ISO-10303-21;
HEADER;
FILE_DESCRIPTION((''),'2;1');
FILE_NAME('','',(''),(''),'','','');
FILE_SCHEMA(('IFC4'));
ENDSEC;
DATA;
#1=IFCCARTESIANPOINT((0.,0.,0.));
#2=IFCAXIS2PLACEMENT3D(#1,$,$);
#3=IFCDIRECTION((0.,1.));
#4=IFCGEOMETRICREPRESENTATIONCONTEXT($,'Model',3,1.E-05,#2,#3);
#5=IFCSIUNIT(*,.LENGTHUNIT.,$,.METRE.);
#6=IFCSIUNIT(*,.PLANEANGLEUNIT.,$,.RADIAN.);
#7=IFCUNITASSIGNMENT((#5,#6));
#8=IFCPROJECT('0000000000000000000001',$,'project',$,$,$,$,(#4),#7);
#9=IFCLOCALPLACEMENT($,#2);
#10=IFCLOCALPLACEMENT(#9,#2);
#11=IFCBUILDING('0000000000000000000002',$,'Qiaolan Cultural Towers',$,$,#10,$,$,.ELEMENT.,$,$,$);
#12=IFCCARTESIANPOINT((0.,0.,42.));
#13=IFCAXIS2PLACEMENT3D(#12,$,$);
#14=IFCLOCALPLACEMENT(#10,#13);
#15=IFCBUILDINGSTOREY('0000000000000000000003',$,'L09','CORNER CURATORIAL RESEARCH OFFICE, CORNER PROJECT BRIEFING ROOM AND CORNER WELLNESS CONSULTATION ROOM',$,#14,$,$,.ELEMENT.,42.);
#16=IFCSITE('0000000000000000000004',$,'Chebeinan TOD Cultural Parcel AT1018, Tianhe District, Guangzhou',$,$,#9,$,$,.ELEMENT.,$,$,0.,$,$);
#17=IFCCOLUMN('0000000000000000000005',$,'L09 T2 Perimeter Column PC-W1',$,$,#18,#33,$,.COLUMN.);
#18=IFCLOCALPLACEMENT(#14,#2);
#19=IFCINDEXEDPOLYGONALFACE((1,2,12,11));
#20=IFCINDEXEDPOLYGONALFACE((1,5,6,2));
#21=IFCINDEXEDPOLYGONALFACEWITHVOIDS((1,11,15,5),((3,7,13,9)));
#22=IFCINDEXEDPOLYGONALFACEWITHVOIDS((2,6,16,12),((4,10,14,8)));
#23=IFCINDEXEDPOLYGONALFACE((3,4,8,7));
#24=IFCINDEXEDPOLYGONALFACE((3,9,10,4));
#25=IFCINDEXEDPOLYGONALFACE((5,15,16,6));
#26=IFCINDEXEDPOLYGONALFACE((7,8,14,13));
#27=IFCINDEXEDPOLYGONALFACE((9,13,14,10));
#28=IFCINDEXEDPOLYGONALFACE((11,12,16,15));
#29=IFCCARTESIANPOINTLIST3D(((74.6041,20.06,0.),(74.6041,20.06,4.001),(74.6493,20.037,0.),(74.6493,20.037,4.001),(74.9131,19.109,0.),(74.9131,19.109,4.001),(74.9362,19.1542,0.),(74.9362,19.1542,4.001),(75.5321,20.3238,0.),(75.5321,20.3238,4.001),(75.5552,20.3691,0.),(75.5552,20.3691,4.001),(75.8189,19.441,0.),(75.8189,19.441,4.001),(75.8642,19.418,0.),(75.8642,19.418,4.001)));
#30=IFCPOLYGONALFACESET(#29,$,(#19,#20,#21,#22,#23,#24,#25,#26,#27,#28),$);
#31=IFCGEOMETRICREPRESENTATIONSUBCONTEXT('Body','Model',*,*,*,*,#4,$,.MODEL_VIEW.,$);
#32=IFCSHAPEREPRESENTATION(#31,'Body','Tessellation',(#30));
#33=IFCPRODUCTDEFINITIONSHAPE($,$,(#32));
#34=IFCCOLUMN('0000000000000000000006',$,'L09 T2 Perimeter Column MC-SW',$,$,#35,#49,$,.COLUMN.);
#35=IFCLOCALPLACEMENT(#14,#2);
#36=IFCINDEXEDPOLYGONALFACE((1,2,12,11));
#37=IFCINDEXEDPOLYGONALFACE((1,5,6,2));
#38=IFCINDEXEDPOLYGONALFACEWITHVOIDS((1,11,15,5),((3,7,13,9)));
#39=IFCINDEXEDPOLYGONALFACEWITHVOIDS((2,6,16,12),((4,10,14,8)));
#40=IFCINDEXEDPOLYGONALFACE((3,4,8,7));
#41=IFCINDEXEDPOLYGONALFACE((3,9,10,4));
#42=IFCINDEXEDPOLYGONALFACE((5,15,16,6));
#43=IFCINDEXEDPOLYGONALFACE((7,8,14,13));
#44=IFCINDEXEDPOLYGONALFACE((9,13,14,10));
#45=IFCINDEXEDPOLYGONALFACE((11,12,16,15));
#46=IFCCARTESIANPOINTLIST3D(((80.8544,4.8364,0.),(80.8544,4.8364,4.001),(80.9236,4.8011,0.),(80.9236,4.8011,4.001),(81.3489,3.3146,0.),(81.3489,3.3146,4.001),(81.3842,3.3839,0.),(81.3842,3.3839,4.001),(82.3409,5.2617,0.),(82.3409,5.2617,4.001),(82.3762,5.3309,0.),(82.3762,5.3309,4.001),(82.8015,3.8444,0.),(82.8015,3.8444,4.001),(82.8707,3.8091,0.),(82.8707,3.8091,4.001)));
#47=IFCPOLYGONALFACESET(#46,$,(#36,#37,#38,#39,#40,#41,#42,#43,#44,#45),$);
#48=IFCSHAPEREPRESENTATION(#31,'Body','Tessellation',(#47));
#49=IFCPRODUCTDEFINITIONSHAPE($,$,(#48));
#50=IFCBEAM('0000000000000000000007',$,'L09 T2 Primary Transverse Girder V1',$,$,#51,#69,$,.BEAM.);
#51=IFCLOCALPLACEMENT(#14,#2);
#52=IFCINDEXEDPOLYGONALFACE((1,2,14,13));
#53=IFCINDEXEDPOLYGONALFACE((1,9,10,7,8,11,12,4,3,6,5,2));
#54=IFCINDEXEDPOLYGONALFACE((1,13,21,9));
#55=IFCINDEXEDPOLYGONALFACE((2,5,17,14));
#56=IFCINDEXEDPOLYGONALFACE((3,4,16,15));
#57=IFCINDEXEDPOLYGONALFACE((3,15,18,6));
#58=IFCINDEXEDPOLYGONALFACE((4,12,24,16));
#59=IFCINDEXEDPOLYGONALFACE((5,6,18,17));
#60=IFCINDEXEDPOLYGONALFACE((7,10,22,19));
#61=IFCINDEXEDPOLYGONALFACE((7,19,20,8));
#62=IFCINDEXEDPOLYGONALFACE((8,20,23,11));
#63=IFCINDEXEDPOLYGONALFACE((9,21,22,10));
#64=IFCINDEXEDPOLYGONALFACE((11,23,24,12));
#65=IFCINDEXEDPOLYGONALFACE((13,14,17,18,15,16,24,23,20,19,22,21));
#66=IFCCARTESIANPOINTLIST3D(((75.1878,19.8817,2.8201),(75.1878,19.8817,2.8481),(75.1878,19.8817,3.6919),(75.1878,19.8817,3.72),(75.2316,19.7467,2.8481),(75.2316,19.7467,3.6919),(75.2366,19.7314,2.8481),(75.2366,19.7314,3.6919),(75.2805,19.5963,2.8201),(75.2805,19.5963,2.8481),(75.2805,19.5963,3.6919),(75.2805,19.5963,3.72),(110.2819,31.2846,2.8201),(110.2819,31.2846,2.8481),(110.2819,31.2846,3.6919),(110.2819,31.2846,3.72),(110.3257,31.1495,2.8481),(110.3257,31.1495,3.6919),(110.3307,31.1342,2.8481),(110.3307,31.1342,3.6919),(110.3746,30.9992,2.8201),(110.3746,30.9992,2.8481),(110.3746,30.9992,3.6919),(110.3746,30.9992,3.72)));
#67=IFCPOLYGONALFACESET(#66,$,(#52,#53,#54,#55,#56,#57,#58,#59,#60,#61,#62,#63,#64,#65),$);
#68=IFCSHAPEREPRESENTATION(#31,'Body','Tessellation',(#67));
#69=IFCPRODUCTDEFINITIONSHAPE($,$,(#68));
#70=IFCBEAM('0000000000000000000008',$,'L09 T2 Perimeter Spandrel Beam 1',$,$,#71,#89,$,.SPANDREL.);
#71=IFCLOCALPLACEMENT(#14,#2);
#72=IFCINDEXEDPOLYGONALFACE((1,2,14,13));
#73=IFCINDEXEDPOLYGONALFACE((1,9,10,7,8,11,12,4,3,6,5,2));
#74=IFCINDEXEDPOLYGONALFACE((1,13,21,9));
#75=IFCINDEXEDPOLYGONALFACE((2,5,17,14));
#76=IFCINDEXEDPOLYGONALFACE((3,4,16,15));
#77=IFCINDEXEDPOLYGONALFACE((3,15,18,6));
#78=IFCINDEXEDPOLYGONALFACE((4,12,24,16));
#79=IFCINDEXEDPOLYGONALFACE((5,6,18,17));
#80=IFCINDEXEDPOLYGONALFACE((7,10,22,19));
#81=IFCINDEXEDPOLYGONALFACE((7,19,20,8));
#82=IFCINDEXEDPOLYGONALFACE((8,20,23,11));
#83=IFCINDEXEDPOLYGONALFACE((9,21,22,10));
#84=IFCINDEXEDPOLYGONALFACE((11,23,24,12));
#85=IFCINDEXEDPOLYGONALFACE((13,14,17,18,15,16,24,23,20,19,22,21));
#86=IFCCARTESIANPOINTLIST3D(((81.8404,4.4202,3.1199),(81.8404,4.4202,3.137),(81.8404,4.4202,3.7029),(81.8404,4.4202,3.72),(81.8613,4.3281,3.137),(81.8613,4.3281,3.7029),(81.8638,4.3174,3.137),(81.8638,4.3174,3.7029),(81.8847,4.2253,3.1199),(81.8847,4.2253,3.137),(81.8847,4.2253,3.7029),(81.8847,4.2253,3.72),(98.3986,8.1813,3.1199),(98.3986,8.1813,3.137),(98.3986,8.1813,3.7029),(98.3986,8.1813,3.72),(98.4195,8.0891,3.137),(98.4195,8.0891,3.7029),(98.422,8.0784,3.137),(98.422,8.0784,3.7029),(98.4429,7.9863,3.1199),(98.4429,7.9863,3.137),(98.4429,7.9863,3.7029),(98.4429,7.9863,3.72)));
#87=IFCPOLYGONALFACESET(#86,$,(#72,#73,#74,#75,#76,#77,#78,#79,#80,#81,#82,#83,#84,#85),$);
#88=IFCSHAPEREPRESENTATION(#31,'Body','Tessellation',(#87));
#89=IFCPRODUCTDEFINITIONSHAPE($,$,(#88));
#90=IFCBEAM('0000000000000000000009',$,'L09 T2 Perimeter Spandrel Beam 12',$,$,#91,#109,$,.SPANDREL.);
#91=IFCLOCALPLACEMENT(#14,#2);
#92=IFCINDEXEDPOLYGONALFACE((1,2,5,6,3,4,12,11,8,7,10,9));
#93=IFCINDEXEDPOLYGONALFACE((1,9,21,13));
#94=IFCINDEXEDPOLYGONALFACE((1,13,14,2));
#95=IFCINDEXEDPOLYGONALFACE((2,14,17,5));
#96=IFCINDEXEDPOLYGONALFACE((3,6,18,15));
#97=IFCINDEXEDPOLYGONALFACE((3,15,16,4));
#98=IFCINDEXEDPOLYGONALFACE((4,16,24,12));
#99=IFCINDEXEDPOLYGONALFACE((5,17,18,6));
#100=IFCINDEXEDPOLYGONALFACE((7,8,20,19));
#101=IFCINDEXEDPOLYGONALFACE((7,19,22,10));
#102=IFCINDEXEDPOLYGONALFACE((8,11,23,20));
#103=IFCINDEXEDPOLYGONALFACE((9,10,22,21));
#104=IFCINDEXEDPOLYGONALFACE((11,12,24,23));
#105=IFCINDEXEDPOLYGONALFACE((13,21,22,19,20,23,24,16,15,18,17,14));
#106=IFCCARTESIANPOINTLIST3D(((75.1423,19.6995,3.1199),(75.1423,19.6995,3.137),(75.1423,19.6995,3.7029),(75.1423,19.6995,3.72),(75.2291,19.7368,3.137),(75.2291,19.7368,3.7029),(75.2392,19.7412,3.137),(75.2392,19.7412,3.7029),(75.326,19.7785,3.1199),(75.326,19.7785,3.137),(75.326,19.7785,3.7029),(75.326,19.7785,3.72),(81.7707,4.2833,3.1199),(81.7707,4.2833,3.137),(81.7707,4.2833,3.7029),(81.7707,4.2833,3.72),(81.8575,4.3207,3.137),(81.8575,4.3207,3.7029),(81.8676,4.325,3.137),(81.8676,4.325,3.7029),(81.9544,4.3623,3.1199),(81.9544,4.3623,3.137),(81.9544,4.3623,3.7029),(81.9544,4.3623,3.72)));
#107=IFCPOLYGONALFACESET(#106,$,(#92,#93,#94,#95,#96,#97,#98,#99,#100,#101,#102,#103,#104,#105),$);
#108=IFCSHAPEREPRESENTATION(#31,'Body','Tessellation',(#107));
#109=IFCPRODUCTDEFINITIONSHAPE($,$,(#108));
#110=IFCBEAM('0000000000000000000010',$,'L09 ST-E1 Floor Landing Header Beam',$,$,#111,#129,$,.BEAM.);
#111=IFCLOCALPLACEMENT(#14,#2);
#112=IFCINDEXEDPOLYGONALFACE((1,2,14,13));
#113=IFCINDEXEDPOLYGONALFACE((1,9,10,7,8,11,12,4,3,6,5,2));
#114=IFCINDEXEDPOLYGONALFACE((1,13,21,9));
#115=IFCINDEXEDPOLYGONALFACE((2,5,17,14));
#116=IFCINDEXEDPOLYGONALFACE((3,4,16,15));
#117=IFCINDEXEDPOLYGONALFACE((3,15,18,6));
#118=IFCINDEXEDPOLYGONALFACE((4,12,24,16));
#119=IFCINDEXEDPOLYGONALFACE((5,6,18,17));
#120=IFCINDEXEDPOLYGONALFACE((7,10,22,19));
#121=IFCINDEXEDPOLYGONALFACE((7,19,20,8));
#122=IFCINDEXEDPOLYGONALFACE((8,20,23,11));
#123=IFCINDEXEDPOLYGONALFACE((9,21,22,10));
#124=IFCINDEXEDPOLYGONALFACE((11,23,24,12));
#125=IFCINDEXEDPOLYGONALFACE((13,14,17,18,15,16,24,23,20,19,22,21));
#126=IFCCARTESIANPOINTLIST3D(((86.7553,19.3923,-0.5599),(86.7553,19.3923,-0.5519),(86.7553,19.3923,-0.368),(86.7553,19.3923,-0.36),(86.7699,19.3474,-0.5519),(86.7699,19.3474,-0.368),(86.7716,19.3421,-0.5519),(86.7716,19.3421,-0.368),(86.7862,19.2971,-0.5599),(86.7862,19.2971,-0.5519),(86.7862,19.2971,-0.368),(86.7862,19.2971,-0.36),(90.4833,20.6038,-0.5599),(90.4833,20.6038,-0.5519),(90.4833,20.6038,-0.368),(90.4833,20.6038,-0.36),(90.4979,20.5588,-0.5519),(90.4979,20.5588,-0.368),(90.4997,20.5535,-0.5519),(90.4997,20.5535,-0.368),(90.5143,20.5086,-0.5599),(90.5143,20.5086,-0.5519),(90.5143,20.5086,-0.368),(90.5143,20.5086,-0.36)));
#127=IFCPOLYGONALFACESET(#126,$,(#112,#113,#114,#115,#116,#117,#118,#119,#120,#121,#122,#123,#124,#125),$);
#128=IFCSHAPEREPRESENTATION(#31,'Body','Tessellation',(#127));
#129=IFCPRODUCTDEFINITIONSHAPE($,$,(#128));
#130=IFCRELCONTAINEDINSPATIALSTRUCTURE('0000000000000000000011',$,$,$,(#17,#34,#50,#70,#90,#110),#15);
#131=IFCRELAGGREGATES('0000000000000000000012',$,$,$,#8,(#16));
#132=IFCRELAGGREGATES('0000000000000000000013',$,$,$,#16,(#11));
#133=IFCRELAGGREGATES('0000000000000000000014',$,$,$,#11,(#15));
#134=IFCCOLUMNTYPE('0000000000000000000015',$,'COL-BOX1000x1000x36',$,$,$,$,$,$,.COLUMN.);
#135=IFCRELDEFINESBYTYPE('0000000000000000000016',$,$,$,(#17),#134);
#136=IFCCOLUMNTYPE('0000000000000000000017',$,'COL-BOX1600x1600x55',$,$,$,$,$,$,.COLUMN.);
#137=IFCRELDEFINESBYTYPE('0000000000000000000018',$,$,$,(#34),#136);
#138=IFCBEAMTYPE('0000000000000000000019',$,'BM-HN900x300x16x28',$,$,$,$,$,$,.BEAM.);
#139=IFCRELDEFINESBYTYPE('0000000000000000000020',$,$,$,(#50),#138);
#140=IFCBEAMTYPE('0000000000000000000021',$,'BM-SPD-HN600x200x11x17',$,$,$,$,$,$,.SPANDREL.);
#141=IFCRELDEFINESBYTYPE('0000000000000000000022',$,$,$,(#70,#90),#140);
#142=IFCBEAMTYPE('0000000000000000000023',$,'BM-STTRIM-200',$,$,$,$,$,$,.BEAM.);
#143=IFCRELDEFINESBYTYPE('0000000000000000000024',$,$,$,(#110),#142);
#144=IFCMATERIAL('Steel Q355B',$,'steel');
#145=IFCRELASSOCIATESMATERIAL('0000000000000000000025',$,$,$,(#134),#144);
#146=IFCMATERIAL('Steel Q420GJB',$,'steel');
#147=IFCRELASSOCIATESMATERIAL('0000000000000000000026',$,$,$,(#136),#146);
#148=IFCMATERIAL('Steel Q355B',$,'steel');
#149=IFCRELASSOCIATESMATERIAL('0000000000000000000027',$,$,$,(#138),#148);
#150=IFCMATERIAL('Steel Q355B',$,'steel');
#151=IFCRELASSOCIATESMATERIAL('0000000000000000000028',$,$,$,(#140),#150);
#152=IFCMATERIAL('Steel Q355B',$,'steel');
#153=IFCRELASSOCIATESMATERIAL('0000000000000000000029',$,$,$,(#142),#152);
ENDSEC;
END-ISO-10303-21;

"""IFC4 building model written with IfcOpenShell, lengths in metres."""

from ifc_helpers import new_model, si_unit, direction, frame, origin, origin_2d, place, context, subcontext, project, spatial, hollow_rectangle, i_section, extrude, material, material_profile, profile_set, type_object, element, save


model = new_model("IFC4")

# Units and contexts
model_context = context("Model", 3, precision=1e-05, world=origin(), true_north=direction((0.0, 1.0)))
body_context = subcontext(model_context, "Body", "Model", "MODEL_VIEW")
ifc_project = project(units=[si_unit("LENGTHUNIT", "METRE"), si_unit("PLANEANGLEUNIT", "RADIAN")], contexts=[model_context])

# Site, building, storey
site_placement = place(None, origin())
site = spatial("IfcSite", under=ifc_project, at=site_placement, Name="Chebeinan TOD Cultural Parcel AT1018, Tianhe District, Guangzhou", CompositionType="ELEMENT", RefElevation=0.0)
building_placement = place(site_placement, origin())
building = spatial("IfcBuilding", under=site, at=building_placement, Name="Qiaolan Cultural Towers", CompositionType="ELEMENT")
storey_placement = place(building_placement, frame((0.0, 0.0, 42.0)))
storey = spatial("IfcBuildingStorey", under=building, at=storey_placement, Name="L09", Description="CORNER CURATORIAL RESEARCH OFFICE, CORNER PROJECT BRIEFING ROOM AND CORNER WELLNESS CONSULTATION ROOM", CompositionType="ELEMENT", Elevation=42.0)

# Columns
ifc_material_1 = material(Name="Steel Q355B", Category="steel")
ifc_material_profile_1 = material_profile(ifc_material_1, hollow_rectangle(XDim=1.0, YDim=1.0, WallThickness=0.0359, at=origin_2d()), Name="BOX1000x1000x36")
ifc_profile_set_1 = profile_set([ifc_material_profile_1], Name="Steel Q355B")
column_type_1 = type_object("IfcColumnType", Name="COL-BOX1000x1000x36", PredefinedType="COLUMN", material=ifc_profile_set_1)
column_1_placement = place(storey_placement, frame((75.2341, 19.739, 0.0), z_axis=(0.0, 0.0, 1.0), x_axis=(0.951057, 0.309017, 0.0)))
element("IfcColumn", 1, at=column_1_placement, inside=storey, type_object=column_type_1, Name="L09 T2 Perimeter Column PC-W1", PredefinedType="COLUMN", context=body_context, shape_type="SweptSolid", body=[
    extrude(hollow_rectangle(XDim=1.0, YDim=1.0, WallThickness=0.0359, at=origin_2d()), origin(), (0.0, 0.0, 1.0), 4.001),
])
ifc_material_2 = material(Name="Steel Q420GJB", Category="steel")
ifc_material_profile_2 = material_profile(ifc_material_2, hollow_rectangle(XDim=1.6001, YDim=1.6001, WallThickness=0.0549, at=origin_2d()), Name="BOX1600x1600x55")
ifc_profile_set_2 = profile_set([ifc_material_profile_2], Name="Steel Q420GJB")
column_type_2 = type_object("IfcColumnType", Name="COL-BOX1600x1600x55", PredefinedType="COLUMN", material=ifc_profile_set_2)
column_2_placement = place(storey_placement, frame((81.8625, 4.3228, 0.0), z_axis=(0.0, 0.0, 1.0), x_axis=(0.951057, 0.309017, 0.0)))
element("IfcColumn", 2, at=column_2_placement, inside=storey, type_object=column_type_2, Name="L09 T2 Perimeter Column MC-SW", PredefinedType="COLUMN", context=body_context, shape_type="SweptSolid", body=[
    extrude(hollow_rectangle(XDim=1.6001, YDim=1.6001, WallThickness=0.0549, at=origin_2d()), origin(), (0.0, 0.0, 1.0), 4.001),
])

# Beams
ifc_material_3 = material(Name="Steel Q355B", Category="steel")
ifc_material_profile_3 = material_profile(ifc_material_3, i_section(OverallWidth=0.3, OverallDepth=0.8999, WebThickness=0.0161, FlangeThickness=0.0281, at=origin_2d()), Name="HN900x300x16x28")
ifc_profile_set_3 = profile_set([ifc_material_profile_3], Name="Steel Q355B")
beam_type_1 = type_object("IfcBeamType", Name="BM-HN900x300x16x28", PredefinedType="BEAM", material=ifc_profile_set_3)
beam_1_placement = place(storey_placement, frame((75.2341, 19.739, 3.27), z_axis=(0.951056, 0.309019, 0.0), x_axis=(-0.309019, 0.951056, 0.0)))
element("IfcBeam", 3, at=beam_1_placement, inside=storey, type_object=beam_type_1, Name="L09 T2 Primary Transverse Girder V1", PredefinedType="BEAM", context=body_context, shape_type="SweptSolid", body=[
    extrude(i_section(OverallWidth=0.3, OverallDepth=0.8999, WebThickness=0.0161, FlangeThickness=0.0281, at=origin_2d()), origin(), (0.0, 0.0, 1.0), 36.9001),
])
ifc_material_4 = material(Name="Steel Q355B", Category="steel")
ifc_material_profile_4 = material_profile(ifc_material_4, i_section(OverallWidth=0.2, OverallDepth=0.6001, WebThickness=0.011, FlangeThickness=0.0171, at=origin_2d()), Name="HN600x200x11x17")
ifc_profile_set_4 = profile_set([ifc_material_profile_4], Name="Steel Q355B")
beam_type_2 = type_object("IfcBeamType", Name="BM-SPD-HN600x200x11x17", PredefinedType="SPANDREL", material=ifc_profile_set_4)
beam_2_placement = place(storey_placement, frame((81.8625, 4.3228, 3.4199), z_axis=(0.975161, 0.221497, 0.0), x_axis=(-0.221497, 0.975161, 0.0)))
element("IfcBeam", 4, at=beam_2_placement, inside=storey, type_object=beam_type_2, Name="L09 T2 Perimeter Spandrel Beam 1", PredefinedType="SPANDREL", context=body_context, shape_type="SweptSolid", body=[
    extrude(i_section(OverallWidth=0.2, OverallDepth=0.6001, WebThickness=0.011, FlangeThickness=0.0171, at=origin_2d()), origin(), (0.0, 0.0, 1.0), 16.98),
])
beam_3_placement = place(storey_placement, frame((75.2341, 19.739, 3.4199), z_axis=(0.394999, -0.918682, 0.0), x_axis=(0.918682, 0.394999, 0.0)))
element("IfcBeam", 5, at=beam_3_placement, inside=storey, type_object=beam_type_2, Name="L09 T2 Perimeter Spandrel Beam 12", PredefinedType="SPANDREL", context=body_context, shape_type="SweptSolid", body=[
    extrude(i_section(OverallWidth=0.2, OverallDepth=0.6001, WebThickness=0.011, FlangeThickness=0.0171, at=origin_2d()), origin(), (0.0, 0.0, 1.0), 16.7808),
])
ifc_material_5 = material(Name="Steel Q355B", Category="steel")
ifc_material_profile_5 = material_profile(ifc_material_5, i_section(OverallWidth=0.1001, OverallDepth=0.2, WebThickness=0.0056, FlangeThickness=0.0081, at=origin_2d()), Name="HN200x100x5.5x8")
ifc_profile_set_5 = profile_set([ifc_material_profile_5], Name="Steel Q355B")
beam_type_3 = type_object("IfcBeamType", Name="BM-STTRIM-200", PredefinedType="BEAM", material=ifc_profile_set_5)
beam_4_placement = place(storey_placement, frame((86.7708, 19.3447, -0.46), z_axis=(0.951048, 0.309044, 0.0), x_axis=(-0.309044, 0.951048, 0.0)))
element("IfcBeam", 6, at=beam_4_placement, inside=storey, type_object=beam_type_3, Name="L09 ST-E1 Floor Landing Header Beam", PredefinedType="BEAM", context=body_context, shape_type="SweptSolid", body=[
    extrude(i_section(OverallWidth=0.1001, OverallDepth=0.2, WebThickness=0.0056, FlangeThickness=0.0081, at=origin_2d()), origin(), (0.0, 0.0, 1.0), 3.9199),
])

save(model, "model.ifc")
